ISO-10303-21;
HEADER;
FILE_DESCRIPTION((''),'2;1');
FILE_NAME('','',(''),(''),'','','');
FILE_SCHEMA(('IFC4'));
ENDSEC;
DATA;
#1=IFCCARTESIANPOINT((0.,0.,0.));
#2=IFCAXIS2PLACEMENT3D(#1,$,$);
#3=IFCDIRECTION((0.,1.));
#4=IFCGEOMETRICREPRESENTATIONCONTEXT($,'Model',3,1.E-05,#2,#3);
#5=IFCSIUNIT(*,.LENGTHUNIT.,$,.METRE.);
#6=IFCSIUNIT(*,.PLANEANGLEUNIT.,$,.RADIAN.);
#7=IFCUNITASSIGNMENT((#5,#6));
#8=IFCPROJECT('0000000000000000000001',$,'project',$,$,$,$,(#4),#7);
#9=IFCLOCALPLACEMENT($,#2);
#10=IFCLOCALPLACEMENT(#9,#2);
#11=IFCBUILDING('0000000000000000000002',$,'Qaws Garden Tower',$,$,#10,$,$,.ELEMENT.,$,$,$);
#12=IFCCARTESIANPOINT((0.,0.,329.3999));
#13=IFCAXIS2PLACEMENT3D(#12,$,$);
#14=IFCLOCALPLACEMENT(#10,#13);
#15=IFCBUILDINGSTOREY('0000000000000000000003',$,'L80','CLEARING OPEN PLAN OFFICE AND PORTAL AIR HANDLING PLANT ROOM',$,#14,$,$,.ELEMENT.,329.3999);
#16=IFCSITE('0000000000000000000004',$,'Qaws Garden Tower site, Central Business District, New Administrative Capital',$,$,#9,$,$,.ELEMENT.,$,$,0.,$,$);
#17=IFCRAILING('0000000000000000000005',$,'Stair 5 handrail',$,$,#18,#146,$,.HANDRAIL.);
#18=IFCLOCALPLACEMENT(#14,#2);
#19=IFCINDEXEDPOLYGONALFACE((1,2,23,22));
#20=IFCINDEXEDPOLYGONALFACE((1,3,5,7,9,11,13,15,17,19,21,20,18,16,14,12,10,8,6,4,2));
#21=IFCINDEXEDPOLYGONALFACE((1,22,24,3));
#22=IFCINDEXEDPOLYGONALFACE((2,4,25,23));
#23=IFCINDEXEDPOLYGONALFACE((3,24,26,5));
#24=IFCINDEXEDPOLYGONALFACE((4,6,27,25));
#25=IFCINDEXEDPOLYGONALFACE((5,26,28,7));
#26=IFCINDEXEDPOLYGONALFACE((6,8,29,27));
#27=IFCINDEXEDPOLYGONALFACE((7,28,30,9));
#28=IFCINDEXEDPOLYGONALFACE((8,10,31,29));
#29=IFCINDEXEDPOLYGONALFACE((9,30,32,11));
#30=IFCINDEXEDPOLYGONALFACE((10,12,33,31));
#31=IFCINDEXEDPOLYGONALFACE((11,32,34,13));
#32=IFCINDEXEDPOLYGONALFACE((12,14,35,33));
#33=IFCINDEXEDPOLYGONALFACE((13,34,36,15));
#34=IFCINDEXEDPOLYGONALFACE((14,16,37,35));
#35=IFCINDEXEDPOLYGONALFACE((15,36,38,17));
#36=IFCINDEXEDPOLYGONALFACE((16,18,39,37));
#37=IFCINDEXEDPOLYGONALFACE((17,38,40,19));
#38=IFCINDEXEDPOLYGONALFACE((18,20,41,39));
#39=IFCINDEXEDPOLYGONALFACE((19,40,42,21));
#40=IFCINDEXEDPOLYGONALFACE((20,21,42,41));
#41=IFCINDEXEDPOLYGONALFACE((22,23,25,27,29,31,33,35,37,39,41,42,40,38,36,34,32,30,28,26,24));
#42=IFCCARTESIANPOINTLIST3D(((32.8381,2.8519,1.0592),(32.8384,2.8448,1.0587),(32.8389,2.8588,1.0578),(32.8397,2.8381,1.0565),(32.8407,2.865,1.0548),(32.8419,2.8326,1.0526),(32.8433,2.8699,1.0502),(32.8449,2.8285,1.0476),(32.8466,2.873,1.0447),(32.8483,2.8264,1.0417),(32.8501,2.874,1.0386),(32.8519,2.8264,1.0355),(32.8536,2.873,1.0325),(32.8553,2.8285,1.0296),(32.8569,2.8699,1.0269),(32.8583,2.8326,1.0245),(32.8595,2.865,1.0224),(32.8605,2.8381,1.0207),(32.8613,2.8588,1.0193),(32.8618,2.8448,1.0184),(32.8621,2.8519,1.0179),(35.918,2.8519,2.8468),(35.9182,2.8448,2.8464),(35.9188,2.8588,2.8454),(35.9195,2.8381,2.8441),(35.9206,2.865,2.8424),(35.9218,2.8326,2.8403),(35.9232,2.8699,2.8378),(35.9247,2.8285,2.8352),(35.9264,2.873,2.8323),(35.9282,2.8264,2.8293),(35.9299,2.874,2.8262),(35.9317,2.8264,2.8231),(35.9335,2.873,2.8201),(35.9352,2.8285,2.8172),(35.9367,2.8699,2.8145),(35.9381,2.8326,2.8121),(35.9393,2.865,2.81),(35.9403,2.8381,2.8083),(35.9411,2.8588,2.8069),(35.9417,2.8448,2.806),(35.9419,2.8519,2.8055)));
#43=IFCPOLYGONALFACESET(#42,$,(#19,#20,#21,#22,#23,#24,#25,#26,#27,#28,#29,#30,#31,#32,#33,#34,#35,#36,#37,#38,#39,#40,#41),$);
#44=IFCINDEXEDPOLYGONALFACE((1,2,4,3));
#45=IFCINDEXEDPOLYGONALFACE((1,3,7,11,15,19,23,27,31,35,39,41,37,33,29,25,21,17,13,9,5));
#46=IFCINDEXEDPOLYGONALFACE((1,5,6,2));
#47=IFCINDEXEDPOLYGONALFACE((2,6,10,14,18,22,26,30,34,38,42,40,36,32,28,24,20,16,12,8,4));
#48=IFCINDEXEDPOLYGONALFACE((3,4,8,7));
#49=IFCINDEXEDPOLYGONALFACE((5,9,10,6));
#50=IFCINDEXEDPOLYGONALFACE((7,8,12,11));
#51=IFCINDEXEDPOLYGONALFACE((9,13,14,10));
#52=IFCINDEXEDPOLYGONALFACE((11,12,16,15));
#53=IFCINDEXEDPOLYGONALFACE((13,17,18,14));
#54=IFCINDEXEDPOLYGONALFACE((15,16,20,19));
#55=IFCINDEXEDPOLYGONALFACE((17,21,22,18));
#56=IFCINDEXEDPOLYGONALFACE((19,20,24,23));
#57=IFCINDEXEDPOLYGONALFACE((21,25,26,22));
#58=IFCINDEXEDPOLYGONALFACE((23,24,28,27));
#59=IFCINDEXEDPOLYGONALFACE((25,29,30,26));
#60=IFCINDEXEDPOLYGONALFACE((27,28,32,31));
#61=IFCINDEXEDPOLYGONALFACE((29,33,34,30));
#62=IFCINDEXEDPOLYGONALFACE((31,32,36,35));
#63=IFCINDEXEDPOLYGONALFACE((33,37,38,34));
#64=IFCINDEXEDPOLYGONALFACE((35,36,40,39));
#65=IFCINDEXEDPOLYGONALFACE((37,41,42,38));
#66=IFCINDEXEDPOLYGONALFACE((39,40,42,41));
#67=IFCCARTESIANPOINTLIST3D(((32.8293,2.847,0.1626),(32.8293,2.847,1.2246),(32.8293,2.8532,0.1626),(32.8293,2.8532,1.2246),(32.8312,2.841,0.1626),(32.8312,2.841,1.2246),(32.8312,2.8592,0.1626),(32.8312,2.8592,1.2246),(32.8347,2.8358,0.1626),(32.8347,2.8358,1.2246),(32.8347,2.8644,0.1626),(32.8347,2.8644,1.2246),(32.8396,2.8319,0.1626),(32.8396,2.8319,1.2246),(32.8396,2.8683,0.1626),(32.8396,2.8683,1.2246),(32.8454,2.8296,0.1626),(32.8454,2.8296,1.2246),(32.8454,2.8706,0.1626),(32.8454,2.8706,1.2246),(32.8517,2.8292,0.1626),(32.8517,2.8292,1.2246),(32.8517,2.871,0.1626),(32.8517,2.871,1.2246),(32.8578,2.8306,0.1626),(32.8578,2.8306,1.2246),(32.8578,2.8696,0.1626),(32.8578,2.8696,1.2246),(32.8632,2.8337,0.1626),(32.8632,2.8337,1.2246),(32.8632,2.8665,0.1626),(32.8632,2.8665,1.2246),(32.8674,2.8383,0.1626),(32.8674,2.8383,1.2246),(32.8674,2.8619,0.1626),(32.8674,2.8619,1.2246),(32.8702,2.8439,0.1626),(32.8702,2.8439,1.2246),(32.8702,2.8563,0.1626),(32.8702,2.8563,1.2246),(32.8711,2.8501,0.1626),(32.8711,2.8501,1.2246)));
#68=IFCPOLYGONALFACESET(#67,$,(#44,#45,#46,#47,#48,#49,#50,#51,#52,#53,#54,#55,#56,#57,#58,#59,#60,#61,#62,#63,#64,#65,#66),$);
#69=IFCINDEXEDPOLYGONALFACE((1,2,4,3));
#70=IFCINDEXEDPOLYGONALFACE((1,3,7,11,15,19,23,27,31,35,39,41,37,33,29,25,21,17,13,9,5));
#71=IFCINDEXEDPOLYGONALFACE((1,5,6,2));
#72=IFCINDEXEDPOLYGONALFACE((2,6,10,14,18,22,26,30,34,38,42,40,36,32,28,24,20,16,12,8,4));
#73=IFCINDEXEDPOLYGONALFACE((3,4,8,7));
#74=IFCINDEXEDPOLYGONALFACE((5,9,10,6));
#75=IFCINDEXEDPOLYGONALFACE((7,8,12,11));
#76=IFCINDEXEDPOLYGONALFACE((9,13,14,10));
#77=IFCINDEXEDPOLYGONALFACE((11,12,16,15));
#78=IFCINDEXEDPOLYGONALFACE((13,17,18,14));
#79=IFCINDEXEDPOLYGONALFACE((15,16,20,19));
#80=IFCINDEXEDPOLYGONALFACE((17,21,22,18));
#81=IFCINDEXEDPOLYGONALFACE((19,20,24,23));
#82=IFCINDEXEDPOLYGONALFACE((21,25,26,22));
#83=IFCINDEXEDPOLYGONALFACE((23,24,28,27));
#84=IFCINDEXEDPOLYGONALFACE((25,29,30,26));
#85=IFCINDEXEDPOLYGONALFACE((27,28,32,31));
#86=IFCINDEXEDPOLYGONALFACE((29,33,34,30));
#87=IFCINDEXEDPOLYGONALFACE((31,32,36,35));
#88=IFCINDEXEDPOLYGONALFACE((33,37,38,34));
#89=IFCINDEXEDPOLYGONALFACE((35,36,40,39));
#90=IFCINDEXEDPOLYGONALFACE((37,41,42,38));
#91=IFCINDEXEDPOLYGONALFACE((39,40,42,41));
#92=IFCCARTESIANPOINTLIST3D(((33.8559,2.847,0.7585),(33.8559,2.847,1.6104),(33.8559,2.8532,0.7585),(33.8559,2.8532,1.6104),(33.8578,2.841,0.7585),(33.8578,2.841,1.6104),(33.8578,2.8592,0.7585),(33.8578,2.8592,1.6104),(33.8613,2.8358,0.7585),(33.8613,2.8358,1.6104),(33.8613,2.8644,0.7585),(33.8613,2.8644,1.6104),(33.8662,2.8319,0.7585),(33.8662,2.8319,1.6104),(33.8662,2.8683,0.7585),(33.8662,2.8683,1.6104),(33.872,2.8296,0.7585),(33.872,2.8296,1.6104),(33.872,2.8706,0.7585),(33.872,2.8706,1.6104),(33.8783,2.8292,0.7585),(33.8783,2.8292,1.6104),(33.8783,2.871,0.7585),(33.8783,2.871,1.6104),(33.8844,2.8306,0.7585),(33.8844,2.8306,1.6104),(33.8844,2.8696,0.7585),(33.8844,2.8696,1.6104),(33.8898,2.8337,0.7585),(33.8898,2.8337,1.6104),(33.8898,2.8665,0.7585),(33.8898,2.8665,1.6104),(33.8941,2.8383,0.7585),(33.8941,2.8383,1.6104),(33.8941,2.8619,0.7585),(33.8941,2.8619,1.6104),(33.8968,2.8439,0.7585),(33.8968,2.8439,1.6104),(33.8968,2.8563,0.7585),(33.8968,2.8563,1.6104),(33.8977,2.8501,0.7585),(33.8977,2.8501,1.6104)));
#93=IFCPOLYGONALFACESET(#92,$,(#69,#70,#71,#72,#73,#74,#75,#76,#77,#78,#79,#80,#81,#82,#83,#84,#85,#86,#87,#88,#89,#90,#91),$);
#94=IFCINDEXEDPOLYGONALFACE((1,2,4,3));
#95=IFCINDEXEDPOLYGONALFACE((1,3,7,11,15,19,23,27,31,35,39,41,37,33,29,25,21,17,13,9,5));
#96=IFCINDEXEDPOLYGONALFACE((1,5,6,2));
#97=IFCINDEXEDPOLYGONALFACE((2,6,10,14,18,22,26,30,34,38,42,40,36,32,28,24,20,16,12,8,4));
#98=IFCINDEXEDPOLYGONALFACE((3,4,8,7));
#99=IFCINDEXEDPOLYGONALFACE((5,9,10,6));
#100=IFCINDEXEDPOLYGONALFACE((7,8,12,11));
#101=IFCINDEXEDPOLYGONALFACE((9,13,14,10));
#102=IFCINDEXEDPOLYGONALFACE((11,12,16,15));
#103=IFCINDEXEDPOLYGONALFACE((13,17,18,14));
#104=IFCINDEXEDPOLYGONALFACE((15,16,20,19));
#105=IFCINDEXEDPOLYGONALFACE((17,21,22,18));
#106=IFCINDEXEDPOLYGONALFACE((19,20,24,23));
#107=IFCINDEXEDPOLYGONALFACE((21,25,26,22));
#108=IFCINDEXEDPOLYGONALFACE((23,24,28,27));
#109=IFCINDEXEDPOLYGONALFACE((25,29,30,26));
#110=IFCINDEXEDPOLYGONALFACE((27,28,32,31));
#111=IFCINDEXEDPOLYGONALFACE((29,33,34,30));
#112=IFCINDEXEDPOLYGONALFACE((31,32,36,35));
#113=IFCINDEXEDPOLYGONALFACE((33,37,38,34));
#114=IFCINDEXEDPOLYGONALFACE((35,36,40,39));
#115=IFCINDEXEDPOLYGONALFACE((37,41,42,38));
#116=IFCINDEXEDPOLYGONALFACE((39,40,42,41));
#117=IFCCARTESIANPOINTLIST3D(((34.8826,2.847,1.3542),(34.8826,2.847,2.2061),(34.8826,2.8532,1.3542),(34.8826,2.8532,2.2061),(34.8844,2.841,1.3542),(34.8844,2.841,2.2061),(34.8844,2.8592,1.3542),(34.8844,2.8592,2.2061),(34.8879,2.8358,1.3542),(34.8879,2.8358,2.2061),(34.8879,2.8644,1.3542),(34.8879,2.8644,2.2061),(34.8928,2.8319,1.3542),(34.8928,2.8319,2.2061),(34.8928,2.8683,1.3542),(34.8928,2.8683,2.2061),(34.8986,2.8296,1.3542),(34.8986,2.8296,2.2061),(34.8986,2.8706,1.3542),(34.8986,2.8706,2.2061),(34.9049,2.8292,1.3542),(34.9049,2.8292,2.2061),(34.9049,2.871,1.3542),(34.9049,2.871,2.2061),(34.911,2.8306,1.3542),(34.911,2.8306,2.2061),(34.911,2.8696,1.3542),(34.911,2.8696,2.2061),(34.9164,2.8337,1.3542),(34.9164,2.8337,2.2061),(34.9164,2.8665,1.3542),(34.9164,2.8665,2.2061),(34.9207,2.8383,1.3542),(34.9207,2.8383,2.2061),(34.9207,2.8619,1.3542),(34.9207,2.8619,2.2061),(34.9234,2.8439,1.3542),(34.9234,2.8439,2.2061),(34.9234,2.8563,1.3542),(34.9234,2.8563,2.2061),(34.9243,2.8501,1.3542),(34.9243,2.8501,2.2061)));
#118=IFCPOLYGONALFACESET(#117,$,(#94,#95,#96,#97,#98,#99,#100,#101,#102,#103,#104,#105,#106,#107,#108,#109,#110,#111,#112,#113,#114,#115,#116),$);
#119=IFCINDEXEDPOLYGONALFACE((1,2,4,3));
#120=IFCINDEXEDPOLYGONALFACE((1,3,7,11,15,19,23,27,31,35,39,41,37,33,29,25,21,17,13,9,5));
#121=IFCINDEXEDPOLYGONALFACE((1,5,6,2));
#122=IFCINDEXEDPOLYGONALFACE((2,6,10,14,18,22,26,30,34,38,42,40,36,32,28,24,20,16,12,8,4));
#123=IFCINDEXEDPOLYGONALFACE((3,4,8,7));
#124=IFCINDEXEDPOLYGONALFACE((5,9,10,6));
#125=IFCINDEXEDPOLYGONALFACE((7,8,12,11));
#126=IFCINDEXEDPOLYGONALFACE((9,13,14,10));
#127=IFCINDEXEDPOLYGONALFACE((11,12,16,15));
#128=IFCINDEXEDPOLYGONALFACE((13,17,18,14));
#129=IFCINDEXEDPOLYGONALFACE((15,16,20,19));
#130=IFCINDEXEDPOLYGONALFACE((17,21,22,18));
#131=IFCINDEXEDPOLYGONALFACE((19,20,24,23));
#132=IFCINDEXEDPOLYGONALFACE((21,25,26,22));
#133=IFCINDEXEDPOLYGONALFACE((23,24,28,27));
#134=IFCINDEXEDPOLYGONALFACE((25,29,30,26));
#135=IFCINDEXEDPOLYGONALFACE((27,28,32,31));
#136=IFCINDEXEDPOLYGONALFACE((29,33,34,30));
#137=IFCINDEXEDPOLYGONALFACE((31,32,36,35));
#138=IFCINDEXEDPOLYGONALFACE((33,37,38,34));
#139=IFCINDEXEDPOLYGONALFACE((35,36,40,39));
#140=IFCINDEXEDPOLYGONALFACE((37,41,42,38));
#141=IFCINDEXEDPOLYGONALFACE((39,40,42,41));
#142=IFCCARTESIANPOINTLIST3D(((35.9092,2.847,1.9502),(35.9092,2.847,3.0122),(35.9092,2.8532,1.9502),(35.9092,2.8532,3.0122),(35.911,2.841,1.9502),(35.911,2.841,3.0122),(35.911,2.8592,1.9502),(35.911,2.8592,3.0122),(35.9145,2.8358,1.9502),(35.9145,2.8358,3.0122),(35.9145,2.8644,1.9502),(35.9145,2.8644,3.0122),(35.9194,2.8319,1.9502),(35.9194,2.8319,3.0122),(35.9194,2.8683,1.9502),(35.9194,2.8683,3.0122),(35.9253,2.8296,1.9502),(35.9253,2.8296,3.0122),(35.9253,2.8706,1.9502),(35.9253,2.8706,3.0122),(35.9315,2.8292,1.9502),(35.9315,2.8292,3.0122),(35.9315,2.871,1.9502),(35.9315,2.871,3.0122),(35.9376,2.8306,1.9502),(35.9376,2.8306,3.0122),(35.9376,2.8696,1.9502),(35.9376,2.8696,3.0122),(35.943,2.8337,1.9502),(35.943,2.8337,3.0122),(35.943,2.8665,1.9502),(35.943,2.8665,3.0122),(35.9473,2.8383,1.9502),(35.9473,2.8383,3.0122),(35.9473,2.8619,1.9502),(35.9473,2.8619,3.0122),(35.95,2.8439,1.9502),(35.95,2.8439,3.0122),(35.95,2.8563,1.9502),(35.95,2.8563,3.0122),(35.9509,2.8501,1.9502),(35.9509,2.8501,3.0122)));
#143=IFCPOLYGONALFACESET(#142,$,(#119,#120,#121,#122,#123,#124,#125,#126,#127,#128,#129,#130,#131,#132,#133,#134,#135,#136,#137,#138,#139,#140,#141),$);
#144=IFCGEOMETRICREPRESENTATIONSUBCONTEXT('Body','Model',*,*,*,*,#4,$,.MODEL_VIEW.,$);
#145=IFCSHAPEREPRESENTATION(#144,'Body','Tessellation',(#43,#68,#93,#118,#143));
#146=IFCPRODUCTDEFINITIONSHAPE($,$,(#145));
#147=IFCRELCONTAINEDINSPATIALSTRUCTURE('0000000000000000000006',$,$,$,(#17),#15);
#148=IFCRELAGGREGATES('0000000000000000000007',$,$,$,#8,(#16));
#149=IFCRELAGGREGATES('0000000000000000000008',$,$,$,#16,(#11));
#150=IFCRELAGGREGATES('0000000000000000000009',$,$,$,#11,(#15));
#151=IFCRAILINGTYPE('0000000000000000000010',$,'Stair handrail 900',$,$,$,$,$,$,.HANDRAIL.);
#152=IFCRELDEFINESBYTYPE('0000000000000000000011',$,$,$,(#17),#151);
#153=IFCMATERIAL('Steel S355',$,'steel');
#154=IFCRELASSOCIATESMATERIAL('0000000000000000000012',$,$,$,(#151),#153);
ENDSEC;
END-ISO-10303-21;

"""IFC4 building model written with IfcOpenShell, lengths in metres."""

from ifc_helpers import new_model, si_unit, direction, frame, origin, origin_2d, place, context, subcontext, project, spatial, circle, extrude, material, type_object, element, save


model = new_model("IFC4")

# Units and contexts
model_context = context("Model", 3, precision=1e-05, world=origin(), true_north=direction((0.0, 1.0)))
body_context = subcontext(model_context, "Body", "Model", "MODEL_VIEW")
ifc_project = project(units=[si_unit("LENGTHUNIT", "METRE"), si_unit("PLANEANGLEUNIT", "RADIAN")], contexts=[model_context])

# Site, building, storey
site_placement = place(None, origin())
site = spatial("IfcSite", under=ifc_project, at=site_placement, Name="Qaws Garden Tower site, Central Business District, New Administrative Capital", CompositionType="ELEMENT", RefElevation=0.0)
building_placement = place(site_placement, origin())
building = spatial("IfcBuilding", under=site, at=building_placement, Name="Qaws Garden Tower", CompositionType="ELEMENT")
storey_placement = place(building_placement, frame((0.0, 0.0, 329.3999)))
storey = spatial("IfcBuildingStorey", under=building, at=storey_placement, Name="L80", Description="CLEARING OPEN PLAN OFFICE AND PORTAL AIR HANDLING PLANT ROOM", CompositionType="ELEMENT", Elevation=329.3999)

# Railing
ifc_material_1 = material(Name="Steel S355", Category="steel")
railing_type = type_object("IfcRailingType", Name="Stair handrail 900", PredefinedType="HANDRAIL", material=ifc_material_1)
railing_1_placement = place(storey_placement, frame((32.8501, 2.8501, 0.1626)))
element("IfcRailing", 1, at=railing_1_placement, inside=storey, type_object=railing_type, Name="Stair 5 handrail", PredefinedType="HANDRAIL", context=body_context, shape_type="SweptSolid", body=[
    extrude(circle(Radius=0.0239, at=origin_2d()), frame((0.0, 0.0, 0.876), z_axis=(0.864873, 0.0, 0.50199), x_axis=(0.0, 1.0, 0.0)), (0.0, 0.0, 1.0), 3.561),
    extrude(circle(Radius=0.021, at=origin_2d()), origin(), (0.0, 0.0, 1.0), 1.062),
    extrude(circle(Radius=0.021, at=origin_2d()), frame((1.0266, 0.0, 0.5959)), (0.0, 0.0, 1.0), 0.8518),
    extrude(circle(Radius=0.021, at=origin_2d()), frame((2.0532, 0.0, 1.1917)), (0.0, 0.0, 1.0), 0.8518),
    extrude(circle(Radius=0.021, at=origin_2d()), frame((3.0798, 0.0, 1.7876)), (0.0, 0.0, 1.0), 1.062),
])

save(model, "model.ifc")
